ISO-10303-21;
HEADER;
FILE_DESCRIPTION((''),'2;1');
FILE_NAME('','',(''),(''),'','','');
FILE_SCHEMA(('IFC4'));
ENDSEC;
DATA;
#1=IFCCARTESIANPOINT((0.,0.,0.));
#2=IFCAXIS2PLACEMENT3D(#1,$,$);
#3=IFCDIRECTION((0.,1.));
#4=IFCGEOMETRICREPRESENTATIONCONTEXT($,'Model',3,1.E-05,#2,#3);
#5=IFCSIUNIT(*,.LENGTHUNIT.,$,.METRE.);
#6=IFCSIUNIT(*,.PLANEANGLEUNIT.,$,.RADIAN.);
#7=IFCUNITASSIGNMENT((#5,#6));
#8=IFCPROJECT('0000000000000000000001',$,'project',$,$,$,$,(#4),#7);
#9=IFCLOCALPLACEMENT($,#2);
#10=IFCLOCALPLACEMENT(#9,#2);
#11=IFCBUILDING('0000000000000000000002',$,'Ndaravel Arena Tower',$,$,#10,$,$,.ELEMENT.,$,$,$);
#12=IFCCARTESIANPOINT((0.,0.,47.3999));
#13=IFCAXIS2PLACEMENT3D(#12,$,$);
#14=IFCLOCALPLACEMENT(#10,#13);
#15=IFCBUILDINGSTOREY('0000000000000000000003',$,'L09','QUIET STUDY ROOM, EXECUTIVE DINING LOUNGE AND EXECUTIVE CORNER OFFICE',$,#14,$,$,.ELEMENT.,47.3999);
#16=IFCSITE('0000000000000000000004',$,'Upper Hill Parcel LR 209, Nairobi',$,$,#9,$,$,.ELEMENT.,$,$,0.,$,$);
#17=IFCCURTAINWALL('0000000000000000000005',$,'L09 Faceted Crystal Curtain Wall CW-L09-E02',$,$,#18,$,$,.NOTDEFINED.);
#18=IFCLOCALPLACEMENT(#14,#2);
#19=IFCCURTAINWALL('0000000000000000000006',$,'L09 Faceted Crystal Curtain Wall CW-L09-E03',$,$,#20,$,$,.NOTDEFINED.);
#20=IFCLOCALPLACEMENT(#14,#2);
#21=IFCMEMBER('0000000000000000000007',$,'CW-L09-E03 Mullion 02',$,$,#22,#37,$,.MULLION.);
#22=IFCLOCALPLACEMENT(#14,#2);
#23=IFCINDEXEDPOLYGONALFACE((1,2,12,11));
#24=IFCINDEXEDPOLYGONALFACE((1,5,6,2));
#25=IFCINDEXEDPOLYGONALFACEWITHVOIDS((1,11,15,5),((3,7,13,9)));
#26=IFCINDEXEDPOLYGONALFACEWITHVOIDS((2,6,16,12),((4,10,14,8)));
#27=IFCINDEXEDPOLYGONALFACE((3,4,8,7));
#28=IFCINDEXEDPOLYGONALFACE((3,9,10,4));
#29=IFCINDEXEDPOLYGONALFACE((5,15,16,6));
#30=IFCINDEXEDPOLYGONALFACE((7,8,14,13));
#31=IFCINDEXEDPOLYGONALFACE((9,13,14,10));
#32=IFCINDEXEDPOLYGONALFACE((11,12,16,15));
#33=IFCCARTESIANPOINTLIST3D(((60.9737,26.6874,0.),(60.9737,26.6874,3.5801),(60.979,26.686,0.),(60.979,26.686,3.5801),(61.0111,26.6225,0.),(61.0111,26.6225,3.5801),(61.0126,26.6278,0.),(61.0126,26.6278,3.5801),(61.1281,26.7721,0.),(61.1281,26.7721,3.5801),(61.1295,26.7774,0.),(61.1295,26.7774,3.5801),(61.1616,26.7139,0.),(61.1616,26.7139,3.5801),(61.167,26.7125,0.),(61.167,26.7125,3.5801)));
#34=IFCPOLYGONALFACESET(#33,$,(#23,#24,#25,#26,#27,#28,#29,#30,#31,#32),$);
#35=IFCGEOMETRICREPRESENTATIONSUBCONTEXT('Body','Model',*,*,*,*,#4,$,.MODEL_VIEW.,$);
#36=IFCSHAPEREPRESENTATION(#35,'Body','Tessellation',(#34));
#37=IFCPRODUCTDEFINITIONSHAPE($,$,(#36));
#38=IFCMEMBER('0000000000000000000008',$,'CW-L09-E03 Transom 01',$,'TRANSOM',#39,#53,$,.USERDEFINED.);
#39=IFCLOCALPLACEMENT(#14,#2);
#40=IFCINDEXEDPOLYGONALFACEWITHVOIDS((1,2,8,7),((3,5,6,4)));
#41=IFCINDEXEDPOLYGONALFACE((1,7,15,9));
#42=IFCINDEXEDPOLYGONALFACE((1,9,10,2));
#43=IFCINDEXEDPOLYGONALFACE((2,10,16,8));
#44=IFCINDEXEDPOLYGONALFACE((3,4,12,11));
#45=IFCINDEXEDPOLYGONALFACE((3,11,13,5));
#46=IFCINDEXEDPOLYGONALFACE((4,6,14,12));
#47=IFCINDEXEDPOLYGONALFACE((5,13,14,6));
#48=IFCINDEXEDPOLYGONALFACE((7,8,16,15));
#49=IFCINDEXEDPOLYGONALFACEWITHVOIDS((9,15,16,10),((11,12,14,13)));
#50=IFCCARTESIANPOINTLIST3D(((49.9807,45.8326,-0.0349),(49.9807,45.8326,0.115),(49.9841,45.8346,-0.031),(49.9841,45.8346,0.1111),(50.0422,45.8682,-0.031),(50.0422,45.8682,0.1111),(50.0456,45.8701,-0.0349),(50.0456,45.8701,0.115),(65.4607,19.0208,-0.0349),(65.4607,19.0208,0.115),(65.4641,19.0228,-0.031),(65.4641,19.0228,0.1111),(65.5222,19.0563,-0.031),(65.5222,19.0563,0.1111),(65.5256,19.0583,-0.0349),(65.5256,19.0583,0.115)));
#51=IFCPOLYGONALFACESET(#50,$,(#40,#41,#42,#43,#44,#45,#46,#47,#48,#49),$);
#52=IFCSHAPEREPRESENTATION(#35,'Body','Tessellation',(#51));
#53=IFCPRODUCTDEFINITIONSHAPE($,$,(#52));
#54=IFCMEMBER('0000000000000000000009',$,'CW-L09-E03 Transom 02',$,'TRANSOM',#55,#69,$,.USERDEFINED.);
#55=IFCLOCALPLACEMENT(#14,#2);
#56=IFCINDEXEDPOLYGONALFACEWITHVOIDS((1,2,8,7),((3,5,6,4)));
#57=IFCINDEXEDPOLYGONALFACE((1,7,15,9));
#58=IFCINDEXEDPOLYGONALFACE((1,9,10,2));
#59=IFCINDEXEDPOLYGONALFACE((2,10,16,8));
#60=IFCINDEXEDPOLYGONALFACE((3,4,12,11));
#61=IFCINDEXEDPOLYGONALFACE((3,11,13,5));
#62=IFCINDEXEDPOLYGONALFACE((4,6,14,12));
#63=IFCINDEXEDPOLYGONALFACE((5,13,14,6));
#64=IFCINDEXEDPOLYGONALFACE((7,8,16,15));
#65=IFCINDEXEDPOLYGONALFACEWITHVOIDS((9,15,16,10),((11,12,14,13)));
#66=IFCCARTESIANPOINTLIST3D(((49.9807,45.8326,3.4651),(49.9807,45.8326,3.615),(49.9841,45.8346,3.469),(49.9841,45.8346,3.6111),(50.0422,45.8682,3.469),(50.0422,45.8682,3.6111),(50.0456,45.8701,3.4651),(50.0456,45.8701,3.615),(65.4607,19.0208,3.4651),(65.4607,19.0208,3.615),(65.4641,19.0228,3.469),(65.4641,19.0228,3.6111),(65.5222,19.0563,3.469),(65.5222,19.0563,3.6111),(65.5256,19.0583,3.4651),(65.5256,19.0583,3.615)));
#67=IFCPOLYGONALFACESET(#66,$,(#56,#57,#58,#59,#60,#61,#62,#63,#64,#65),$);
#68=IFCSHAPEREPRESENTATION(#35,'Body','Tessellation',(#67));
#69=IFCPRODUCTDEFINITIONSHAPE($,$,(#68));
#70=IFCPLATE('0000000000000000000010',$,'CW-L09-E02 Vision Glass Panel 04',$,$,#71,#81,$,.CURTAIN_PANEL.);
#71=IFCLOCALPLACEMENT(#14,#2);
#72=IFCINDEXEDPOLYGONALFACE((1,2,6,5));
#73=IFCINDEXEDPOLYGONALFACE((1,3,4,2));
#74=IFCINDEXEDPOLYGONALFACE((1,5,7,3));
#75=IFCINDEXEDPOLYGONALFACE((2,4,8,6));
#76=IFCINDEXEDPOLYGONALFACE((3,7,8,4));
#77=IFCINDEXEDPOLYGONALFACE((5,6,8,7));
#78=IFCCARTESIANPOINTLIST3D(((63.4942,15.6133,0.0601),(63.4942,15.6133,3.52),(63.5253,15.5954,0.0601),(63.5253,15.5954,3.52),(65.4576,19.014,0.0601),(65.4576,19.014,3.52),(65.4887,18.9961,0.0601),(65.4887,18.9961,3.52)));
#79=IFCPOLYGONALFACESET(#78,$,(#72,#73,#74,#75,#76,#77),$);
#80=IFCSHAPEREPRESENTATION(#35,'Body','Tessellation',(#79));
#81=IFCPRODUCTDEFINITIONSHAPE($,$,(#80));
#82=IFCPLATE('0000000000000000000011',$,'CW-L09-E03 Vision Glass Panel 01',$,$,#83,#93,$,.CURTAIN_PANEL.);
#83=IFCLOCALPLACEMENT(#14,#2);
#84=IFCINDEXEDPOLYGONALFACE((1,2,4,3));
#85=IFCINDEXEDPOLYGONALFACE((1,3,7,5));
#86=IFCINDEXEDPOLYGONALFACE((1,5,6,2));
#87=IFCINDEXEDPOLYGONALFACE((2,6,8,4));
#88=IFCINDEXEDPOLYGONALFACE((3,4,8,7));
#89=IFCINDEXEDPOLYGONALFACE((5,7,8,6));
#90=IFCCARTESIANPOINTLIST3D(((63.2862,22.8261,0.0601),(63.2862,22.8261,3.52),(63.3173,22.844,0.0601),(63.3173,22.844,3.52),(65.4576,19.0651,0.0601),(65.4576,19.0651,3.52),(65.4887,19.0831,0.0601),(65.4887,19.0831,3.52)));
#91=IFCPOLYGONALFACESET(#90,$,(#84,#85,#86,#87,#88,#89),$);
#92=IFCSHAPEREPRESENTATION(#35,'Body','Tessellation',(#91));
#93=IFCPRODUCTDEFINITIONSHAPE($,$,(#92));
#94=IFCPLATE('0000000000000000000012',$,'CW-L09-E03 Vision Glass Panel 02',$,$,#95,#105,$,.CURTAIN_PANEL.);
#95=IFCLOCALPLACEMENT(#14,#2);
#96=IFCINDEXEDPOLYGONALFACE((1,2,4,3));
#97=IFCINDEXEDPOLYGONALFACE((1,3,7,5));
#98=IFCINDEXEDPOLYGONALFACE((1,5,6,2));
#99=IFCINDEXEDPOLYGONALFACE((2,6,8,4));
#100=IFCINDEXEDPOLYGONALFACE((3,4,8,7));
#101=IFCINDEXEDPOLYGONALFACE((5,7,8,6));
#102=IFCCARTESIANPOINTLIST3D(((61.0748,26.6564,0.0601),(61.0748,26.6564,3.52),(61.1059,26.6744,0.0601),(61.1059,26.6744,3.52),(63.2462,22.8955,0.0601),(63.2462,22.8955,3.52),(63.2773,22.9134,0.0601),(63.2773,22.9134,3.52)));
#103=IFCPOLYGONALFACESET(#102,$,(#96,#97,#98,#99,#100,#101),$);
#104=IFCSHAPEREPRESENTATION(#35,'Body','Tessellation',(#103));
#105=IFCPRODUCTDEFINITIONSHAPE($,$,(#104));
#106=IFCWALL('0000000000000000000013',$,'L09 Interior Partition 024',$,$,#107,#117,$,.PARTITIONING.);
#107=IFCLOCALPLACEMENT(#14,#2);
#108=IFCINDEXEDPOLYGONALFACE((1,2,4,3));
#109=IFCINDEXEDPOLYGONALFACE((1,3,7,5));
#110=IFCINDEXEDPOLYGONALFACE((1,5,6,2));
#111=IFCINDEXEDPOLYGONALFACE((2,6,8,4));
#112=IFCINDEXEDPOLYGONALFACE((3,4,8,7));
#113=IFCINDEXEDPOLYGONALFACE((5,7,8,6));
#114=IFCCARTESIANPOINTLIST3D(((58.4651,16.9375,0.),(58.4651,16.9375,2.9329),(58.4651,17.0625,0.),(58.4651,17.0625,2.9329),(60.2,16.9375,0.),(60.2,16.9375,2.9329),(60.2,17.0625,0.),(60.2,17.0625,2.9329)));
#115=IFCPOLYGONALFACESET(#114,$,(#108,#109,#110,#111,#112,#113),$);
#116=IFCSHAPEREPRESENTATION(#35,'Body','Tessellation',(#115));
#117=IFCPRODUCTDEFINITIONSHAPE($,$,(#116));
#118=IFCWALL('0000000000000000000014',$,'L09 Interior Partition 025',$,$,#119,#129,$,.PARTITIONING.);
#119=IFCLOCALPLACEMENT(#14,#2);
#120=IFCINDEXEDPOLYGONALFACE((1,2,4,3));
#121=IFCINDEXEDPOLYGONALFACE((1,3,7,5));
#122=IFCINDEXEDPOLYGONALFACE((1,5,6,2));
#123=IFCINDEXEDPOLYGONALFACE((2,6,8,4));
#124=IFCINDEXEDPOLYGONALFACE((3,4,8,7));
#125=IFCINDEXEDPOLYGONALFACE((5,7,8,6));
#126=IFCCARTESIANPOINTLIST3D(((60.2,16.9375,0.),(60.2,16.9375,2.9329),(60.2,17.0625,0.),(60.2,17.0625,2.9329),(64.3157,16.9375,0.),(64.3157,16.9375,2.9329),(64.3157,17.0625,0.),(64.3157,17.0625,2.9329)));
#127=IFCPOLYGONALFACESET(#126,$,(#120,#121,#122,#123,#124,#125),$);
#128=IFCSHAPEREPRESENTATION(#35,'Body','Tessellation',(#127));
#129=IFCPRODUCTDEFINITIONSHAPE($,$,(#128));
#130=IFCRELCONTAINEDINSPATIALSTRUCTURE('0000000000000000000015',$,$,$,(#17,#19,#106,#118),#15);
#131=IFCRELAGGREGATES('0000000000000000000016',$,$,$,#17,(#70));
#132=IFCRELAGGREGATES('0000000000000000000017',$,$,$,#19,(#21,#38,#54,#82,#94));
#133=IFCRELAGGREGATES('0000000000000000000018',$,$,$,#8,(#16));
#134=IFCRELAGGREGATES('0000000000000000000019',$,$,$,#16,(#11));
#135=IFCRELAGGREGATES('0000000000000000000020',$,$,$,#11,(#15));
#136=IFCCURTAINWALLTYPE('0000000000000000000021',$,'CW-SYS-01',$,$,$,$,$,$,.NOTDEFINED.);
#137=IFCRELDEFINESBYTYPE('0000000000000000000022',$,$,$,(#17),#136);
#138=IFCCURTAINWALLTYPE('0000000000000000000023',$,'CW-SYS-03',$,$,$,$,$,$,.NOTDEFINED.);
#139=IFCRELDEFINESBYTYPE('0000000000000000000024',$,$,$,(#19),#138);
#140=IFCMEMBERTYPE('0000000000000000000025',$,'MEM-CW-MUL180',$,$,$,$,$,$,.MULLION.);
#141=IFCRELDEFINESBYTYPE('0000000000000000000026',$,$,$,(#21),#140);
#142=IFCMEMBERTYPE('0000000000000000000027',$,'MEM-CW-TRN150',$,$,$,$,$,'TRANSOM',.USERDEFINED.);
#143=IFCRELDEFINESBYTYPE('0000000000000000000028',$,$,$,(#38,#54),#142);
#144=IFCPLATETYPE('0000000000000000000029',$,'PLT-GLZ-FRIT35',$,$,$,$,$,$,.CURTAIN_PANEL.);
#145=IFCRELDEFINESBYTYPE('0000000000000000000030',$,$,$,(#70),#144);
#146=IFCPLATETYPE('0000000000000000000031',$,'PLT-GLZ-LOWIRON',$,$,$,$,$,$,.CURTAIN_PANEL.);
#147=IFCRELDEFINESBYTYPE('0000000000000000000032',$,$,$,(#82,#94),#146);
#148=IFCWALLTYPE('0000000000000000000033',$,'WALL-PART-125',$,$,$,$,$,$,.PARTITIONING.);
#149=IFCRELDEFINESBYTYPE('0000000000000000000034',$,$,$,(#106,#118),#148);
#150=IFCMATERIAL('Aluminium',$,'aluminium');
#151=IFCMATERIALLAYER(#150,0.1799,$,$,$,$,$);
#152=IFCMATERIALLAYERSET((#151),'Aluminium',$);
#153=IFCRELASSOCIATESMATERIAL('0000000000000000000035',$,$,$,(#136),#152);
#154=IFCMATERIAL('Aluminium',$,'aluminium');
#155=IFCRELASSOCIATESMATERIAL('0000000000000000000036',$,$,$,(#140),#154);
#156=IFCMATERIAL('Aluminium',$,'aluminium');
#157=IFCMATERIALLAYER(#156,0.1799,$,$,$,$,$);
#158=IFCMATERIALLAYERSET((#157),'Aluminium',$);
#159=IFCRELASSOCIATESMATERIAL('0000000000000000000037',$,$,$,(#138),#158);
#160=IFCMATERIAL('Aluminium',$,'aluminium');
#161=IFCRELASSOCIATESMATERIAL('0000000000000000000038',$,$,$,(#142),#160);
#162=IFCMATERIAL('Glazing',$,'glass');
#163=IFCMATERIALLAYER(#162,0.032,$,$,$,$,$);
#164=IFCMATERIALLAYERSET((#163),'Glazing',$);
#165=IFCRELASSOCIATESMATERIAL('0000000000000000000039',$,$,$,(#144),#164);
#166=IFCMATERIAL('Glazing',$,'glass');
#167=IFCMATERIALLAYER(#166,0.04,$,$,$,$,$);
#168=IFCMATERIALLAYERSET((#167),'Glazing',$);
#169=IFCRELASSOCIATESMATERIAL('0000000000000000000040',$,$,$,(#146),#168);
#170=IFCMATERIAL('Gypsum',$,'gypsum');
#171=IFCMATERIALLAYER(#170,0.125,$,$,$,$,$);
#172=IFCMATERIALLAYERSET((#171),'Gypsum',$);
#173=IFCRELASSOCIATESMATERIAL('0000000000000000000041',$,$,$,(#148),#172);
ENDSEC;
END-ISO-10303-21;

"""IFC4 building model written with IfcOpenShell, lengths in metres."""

from ifc_helpers import new_model, si_unit, direction, frame, frame_2d, origin, origin_2d, place, context, subcontext, project, spatial, rectangle, hollow_rectangle, extrude, material, layer, layer_set, material_profile, profile_set, type_object, element, aggregate, save


model = new_model("IFC4")

# Units and contexts
model_context = context("Model", 3, precision=1e-05, world=origin(), true_north=direction((0.0, 1.0)))
body_context = subcontext(model_context, "Body", "Model", "MODEL_VIEW")
ifc_project = project(units=[si_unit("LENGTHUNIT", "METRE"), si_unit("PLANEANGLEUNIT", "RADIAN")], contexts=[model_context])

# Site, building, storey
site_placement = place(None, origin())
site = spatial("IfcSite", under=ifc_project, at=site_placement, Name="Upper Hill Parcel LR 209, Nairobi", CompositionType="ELEMENT", RefElevation=0.0)
building_placement = place(site_placement, origin())
building = spatial("IfcBuilding", under=site, at=building_placement, Name="Ndaravel Arena Tower", CompositionType="ELEMENT")
storey_placement = place(building_placement, frame((0.0, 0.0, 47.3999)))
storey = spatial("IfcBuildingStorey", under=building, at=storey_placement, Name="L09", Description="QUIET STUDY ROOM, EXECUTIVE DINING LOUNGE AND EXECUTIVE CORNER OFFICE", CompositionType="ELEMENT", Elevation=47.3999)

# Curtain wall
ifc_material_1 = material(Name="Aluminium", Category="aluminium")
ifc_layer_1 = layer(ifc_material_1, 0.1799)
ifc_layer_set_1 = layer_set([ifc_layer_1], Name="Aluminium")
curtain_wall_type_1 = type_object("IfcCurtainWallType", Name="CW-SYS-01", PredefinedType="NOTDEFINED", material=ifc_layer_set_1)
curtain_wall_1_placement = place(storey_placement, origin())
curtain_wall_1 = element("IfcCurtainWall", 1, at=curtain_wall_1_placement, inside=storey, type_object=curtain_wall_type_1, Name="L09 Faceted Crystal Curtain Wall CW-L09-E02", PredefinedType="NOTDEFINED")
ifc_material_2 = material(Name="Aluminium", Category="aluminium")
ifc_material_profile_1 = material_profile(ifc_material_2, hollow_rectangle(XDim=0.075, YDim=0.1799, WallThickness=0.0039, at=origin_2d()), Name="CW MULLION 75x180x4")
ifc_profile_set_1 = profile_set([ifc_material_profile_1], Name="Aluminium")
member_type_1 = type_object("IfcMemberType", Name="MEM-CW-MUL180", PredefinedType="MULLION", material=ifc_profile_set_1)

# Curtain wall, members
ifc_material_3 = material(Name="Aluminium", Category="aluminium")
ifc_layer_2 = layer(ifc_material_3, 0.1799)
ifc_layer_set_2 = layer_set([ifc_layer_2], Name="Aluminium")
curtain_wall_type_2 = type_object("IfcCurtainWallType", Name="CW-SYS-03", PredefinedType="NOTDEFINED", material=ifc_layer_set_2)
curtain_wall_2_placement = place(storey_placement, origin())
curtain_wall_2 = element("IfcCurtainWall", 2, at=curtain_wall_2_placement, inside=storey, type_object=curtain_wall_type_2, Name="L09 Faceted Crystal Curtain Wall CW-L09-E03", PredefinedType="NOTDEFINED")
member_1_placement = place(storey_placement, frame((61.0703, 26.7, 0.0), z_axis=(0.0, 0.0, 1.0), x_axis=(-0.5, 0.866025, 0.0)))
member_1 = element("IfcMember", 3, at=member_1_placement, type_object=member_type_1, Name="CW-L09-E03 Mullion 02", PredefinedType="MULLION", context=body_context, shape_type="SweptSolid", body=[
    extrude(hollow_rectangle(XDim=0.075, YDim=0.1799, WallThickness=0.0039, at=origin_2d()), origin(), (0.0, 0.0, 1.0), 3.5801),
])
ifc_material_4 = material(Name="Aluminium", Category="aluminium")
ifc_material_profile_2 = material_profile(ifc_material_4, hollow_rectangle(XDim=0.075, YDim=0.1499, WallThickness=0.0039, at=origin_2d()), Name="CW TRANSOM 75x150x4")
ifc_profile_set_2 = profile_set([ifc_material_profile_2], Name="Aluminium")
member_type_2 = type_object("IfcMemberType", Name="MEM-CW-TRN150", ElementType="TRANSOM", PredefinedType="USERDEFINED", material=ifc_profile_set_2)
member_2_placement = place(storey_placement, frame((65.4932, 19.0396, 0.04), z_axis=(-0.500005, 0.866023, 0.0), x_axis=(-0.866023, -0.500005, 0.0)))
member_2 = element("IfcMember", 4, at=member_2_placement, type_object=member_type_2, Name="CW-L09-E03 Transom 01", ObjectType="TRANSOM", PredefinedType="USERDEFINED", context=body_context, shape_type="SweptSolid", body=[
    extrude(hollow_rectangle(XDim=0.075, YDim=0.1499, WallThickness=0.0039, at=origin_2d()), origin(), (0.0, 0.0, 1.0), 30.9597),
])
member_3_placement = place(storey_placement, frame((65.4932, 19.0396, 3.54), z_axis=(-0.500005, 0.866023, 0.0), x_axis=(-0.866023, -0.500005, 0.0)))
member_3 = element("IfcMember", 5, at=member_3_placement, type_object=member_type_2, Name="CW-L09-E03 Transom 02", ObjectType="TRANSOM", PredefinedType="USERDEFINED", context=body_context, shape_type="SweptSolid", body=[
    extrude(hollow_rectangle(XDim=0.075, YDim=0.1499, WallThickness=0.0039, at=origin_2d()), origin(), (0.0, 0.0, 1.0), 30.9597),
])

# Plates
ifc_material_5 = material(Name="Glazing", Category="glass")
ifc_layer_3 = layer(ifc_material_5, 0.032)
ifc_layer_set_3 = layer_set([ifc_layer_3], Name="Glazing")
plate_type_1 = type_object("IfcPlateType", Name="PLT-GLZ-FRIT35", PredefinedType="CURTAIN_PANEL", material=ifc_layer_set_3)
plate_1_placement = place(storey_placement, frame((64.4915, 17.3047, 0.0601), z_axis=(0.0, 0.0, 1.0), x_axis=(0.5, 0.866025, 0.0)))
plate_1 = element("IfcPlate", 6, at=plate_1_placement, type_object=plate_type_1, Name="CW-L09-E02 Vision Glass Panel 04", PredefinedType="CURTAIN_PANEL", context=body_context, shape_type="SweptSolid", body=[
    extrude(rectangle(XDim=3.9268, YDim=0.0359, at=origin_2d()), origin(), (0.0, 0.0, 1.0), 3.46),
])
aggregate(curtain_wall_1, [plate_1])
ifc_material_6 = material(Name="Glazing", Category="glass")
ifc_layer_4 = layer(ifc_material_6, 0.04)
ifc_layer_set_4 = layer_set([ifc_layer_4], Name="Glazing")
plate_type_2 = type_object("IfcPlateType", Name="PLT-GLZ-LOWIRON", PredefinedType="CURTAIN_PANEL", material=ifc_layer_set_4)
plate_2_placement = place(storey_placement, frame((64.3875, 20.9546, 0.0601), z_axis=(0.0, 0.0, 1.0), x_axis=(-0.5, 0.866025, 0.0)))
plate_2 = element("IfcPlate", 7, at=plate_2_placement, type_object=plate_type_2, Name="CW-L09-E03 Vision Glass Panel 01", PredefinedType="CURTAIN_PANEL", context=body_context, shape_type="SweptSolid", body=[
    extrude(rectangle(XDim=4.3428, YDim=0.0359, at=origin_2d()), origin(), (0.0, 0.0, 1.0), 3.46),
])
plate_3_placement = place(storey_placement, frame((62.176, 24.7849, 0.0601), z_axis=(0.0, 0.0, 1.0), x_axis=(-0.5, 0.866025, 0.0)))
plate_3 = element("IfcPlate", 8, at=plate_3_placement, type_object=plate_type_2, Name="CW-L09-E03 Vision Glass Panel 02", PredefinedType="CURTAIN_PANEL", context=body_context, shape_type="SweptSolid", body=[
    extrude(rectangle(XDim=4.3428, YDim=0.0359, at=origin_2d()), origin(), (0.0, 0.0, 1.0), 3.46),
])
aggregate(curtain_wall_2, [member_1, member_2, member_3, plate_2, plate_3])

# Walls
ifc_material_7 = material(Name="Gypsum", Category="gypsum")
ifc_layer_5 = layer(ifc_material_7, 0.125)
ifc_layer_set_5 = layer_set([ifc_layer_5], Name="Gypsum")
wall_type = type_object("IfcWallType", Name="WALL-PART-125", PredefinedType="PARTITIONING", material=ifc_layer_set_5)
wall_1_placement = place(storey_placement, frame((58.4651, 17.0, 0.0), z_axis=(0.0, 0.0, 1.0), x_axis=(1.0, 0.0, 0.0)))
element("IfcWall", 9, at=wall_1_placement, inside=storey, type_object=wall_type, Name="L09 Interior Partition 024", PredefinedType="PARTITIONING", context=body_context, shape_type="SweptSolid", body=[
    extrude(rectangle(XDim=1.7349, YDim=0.125, at=frame_2d((0.8674, 0.0))), origin(), (0.0, 0.0, 1.0), 2.9329),
])
wall_2_placement = place(storey_placement, frame((60.2, 17.0, 0.0), z_axis=(0.0, 0.0, 1.0), x_axis=(1.0, 0.0, 0.0)))
element("IfcWall", 10, at=wall_2_placement, inside=storey, type_object=wall_type, Name="L09 Interior Partition 025", PredefinedType="PARTITIONING", context=body_context, shape_type="SweptSolid", body=[
    extrude(rectangle(XDim=4.1157, YDim=0.125, at=frame_2d((2.0579, 0.0))), origin(), (0.0, 0.0, 1.0), 2.9329),
])

save(model, "model.ifc")
